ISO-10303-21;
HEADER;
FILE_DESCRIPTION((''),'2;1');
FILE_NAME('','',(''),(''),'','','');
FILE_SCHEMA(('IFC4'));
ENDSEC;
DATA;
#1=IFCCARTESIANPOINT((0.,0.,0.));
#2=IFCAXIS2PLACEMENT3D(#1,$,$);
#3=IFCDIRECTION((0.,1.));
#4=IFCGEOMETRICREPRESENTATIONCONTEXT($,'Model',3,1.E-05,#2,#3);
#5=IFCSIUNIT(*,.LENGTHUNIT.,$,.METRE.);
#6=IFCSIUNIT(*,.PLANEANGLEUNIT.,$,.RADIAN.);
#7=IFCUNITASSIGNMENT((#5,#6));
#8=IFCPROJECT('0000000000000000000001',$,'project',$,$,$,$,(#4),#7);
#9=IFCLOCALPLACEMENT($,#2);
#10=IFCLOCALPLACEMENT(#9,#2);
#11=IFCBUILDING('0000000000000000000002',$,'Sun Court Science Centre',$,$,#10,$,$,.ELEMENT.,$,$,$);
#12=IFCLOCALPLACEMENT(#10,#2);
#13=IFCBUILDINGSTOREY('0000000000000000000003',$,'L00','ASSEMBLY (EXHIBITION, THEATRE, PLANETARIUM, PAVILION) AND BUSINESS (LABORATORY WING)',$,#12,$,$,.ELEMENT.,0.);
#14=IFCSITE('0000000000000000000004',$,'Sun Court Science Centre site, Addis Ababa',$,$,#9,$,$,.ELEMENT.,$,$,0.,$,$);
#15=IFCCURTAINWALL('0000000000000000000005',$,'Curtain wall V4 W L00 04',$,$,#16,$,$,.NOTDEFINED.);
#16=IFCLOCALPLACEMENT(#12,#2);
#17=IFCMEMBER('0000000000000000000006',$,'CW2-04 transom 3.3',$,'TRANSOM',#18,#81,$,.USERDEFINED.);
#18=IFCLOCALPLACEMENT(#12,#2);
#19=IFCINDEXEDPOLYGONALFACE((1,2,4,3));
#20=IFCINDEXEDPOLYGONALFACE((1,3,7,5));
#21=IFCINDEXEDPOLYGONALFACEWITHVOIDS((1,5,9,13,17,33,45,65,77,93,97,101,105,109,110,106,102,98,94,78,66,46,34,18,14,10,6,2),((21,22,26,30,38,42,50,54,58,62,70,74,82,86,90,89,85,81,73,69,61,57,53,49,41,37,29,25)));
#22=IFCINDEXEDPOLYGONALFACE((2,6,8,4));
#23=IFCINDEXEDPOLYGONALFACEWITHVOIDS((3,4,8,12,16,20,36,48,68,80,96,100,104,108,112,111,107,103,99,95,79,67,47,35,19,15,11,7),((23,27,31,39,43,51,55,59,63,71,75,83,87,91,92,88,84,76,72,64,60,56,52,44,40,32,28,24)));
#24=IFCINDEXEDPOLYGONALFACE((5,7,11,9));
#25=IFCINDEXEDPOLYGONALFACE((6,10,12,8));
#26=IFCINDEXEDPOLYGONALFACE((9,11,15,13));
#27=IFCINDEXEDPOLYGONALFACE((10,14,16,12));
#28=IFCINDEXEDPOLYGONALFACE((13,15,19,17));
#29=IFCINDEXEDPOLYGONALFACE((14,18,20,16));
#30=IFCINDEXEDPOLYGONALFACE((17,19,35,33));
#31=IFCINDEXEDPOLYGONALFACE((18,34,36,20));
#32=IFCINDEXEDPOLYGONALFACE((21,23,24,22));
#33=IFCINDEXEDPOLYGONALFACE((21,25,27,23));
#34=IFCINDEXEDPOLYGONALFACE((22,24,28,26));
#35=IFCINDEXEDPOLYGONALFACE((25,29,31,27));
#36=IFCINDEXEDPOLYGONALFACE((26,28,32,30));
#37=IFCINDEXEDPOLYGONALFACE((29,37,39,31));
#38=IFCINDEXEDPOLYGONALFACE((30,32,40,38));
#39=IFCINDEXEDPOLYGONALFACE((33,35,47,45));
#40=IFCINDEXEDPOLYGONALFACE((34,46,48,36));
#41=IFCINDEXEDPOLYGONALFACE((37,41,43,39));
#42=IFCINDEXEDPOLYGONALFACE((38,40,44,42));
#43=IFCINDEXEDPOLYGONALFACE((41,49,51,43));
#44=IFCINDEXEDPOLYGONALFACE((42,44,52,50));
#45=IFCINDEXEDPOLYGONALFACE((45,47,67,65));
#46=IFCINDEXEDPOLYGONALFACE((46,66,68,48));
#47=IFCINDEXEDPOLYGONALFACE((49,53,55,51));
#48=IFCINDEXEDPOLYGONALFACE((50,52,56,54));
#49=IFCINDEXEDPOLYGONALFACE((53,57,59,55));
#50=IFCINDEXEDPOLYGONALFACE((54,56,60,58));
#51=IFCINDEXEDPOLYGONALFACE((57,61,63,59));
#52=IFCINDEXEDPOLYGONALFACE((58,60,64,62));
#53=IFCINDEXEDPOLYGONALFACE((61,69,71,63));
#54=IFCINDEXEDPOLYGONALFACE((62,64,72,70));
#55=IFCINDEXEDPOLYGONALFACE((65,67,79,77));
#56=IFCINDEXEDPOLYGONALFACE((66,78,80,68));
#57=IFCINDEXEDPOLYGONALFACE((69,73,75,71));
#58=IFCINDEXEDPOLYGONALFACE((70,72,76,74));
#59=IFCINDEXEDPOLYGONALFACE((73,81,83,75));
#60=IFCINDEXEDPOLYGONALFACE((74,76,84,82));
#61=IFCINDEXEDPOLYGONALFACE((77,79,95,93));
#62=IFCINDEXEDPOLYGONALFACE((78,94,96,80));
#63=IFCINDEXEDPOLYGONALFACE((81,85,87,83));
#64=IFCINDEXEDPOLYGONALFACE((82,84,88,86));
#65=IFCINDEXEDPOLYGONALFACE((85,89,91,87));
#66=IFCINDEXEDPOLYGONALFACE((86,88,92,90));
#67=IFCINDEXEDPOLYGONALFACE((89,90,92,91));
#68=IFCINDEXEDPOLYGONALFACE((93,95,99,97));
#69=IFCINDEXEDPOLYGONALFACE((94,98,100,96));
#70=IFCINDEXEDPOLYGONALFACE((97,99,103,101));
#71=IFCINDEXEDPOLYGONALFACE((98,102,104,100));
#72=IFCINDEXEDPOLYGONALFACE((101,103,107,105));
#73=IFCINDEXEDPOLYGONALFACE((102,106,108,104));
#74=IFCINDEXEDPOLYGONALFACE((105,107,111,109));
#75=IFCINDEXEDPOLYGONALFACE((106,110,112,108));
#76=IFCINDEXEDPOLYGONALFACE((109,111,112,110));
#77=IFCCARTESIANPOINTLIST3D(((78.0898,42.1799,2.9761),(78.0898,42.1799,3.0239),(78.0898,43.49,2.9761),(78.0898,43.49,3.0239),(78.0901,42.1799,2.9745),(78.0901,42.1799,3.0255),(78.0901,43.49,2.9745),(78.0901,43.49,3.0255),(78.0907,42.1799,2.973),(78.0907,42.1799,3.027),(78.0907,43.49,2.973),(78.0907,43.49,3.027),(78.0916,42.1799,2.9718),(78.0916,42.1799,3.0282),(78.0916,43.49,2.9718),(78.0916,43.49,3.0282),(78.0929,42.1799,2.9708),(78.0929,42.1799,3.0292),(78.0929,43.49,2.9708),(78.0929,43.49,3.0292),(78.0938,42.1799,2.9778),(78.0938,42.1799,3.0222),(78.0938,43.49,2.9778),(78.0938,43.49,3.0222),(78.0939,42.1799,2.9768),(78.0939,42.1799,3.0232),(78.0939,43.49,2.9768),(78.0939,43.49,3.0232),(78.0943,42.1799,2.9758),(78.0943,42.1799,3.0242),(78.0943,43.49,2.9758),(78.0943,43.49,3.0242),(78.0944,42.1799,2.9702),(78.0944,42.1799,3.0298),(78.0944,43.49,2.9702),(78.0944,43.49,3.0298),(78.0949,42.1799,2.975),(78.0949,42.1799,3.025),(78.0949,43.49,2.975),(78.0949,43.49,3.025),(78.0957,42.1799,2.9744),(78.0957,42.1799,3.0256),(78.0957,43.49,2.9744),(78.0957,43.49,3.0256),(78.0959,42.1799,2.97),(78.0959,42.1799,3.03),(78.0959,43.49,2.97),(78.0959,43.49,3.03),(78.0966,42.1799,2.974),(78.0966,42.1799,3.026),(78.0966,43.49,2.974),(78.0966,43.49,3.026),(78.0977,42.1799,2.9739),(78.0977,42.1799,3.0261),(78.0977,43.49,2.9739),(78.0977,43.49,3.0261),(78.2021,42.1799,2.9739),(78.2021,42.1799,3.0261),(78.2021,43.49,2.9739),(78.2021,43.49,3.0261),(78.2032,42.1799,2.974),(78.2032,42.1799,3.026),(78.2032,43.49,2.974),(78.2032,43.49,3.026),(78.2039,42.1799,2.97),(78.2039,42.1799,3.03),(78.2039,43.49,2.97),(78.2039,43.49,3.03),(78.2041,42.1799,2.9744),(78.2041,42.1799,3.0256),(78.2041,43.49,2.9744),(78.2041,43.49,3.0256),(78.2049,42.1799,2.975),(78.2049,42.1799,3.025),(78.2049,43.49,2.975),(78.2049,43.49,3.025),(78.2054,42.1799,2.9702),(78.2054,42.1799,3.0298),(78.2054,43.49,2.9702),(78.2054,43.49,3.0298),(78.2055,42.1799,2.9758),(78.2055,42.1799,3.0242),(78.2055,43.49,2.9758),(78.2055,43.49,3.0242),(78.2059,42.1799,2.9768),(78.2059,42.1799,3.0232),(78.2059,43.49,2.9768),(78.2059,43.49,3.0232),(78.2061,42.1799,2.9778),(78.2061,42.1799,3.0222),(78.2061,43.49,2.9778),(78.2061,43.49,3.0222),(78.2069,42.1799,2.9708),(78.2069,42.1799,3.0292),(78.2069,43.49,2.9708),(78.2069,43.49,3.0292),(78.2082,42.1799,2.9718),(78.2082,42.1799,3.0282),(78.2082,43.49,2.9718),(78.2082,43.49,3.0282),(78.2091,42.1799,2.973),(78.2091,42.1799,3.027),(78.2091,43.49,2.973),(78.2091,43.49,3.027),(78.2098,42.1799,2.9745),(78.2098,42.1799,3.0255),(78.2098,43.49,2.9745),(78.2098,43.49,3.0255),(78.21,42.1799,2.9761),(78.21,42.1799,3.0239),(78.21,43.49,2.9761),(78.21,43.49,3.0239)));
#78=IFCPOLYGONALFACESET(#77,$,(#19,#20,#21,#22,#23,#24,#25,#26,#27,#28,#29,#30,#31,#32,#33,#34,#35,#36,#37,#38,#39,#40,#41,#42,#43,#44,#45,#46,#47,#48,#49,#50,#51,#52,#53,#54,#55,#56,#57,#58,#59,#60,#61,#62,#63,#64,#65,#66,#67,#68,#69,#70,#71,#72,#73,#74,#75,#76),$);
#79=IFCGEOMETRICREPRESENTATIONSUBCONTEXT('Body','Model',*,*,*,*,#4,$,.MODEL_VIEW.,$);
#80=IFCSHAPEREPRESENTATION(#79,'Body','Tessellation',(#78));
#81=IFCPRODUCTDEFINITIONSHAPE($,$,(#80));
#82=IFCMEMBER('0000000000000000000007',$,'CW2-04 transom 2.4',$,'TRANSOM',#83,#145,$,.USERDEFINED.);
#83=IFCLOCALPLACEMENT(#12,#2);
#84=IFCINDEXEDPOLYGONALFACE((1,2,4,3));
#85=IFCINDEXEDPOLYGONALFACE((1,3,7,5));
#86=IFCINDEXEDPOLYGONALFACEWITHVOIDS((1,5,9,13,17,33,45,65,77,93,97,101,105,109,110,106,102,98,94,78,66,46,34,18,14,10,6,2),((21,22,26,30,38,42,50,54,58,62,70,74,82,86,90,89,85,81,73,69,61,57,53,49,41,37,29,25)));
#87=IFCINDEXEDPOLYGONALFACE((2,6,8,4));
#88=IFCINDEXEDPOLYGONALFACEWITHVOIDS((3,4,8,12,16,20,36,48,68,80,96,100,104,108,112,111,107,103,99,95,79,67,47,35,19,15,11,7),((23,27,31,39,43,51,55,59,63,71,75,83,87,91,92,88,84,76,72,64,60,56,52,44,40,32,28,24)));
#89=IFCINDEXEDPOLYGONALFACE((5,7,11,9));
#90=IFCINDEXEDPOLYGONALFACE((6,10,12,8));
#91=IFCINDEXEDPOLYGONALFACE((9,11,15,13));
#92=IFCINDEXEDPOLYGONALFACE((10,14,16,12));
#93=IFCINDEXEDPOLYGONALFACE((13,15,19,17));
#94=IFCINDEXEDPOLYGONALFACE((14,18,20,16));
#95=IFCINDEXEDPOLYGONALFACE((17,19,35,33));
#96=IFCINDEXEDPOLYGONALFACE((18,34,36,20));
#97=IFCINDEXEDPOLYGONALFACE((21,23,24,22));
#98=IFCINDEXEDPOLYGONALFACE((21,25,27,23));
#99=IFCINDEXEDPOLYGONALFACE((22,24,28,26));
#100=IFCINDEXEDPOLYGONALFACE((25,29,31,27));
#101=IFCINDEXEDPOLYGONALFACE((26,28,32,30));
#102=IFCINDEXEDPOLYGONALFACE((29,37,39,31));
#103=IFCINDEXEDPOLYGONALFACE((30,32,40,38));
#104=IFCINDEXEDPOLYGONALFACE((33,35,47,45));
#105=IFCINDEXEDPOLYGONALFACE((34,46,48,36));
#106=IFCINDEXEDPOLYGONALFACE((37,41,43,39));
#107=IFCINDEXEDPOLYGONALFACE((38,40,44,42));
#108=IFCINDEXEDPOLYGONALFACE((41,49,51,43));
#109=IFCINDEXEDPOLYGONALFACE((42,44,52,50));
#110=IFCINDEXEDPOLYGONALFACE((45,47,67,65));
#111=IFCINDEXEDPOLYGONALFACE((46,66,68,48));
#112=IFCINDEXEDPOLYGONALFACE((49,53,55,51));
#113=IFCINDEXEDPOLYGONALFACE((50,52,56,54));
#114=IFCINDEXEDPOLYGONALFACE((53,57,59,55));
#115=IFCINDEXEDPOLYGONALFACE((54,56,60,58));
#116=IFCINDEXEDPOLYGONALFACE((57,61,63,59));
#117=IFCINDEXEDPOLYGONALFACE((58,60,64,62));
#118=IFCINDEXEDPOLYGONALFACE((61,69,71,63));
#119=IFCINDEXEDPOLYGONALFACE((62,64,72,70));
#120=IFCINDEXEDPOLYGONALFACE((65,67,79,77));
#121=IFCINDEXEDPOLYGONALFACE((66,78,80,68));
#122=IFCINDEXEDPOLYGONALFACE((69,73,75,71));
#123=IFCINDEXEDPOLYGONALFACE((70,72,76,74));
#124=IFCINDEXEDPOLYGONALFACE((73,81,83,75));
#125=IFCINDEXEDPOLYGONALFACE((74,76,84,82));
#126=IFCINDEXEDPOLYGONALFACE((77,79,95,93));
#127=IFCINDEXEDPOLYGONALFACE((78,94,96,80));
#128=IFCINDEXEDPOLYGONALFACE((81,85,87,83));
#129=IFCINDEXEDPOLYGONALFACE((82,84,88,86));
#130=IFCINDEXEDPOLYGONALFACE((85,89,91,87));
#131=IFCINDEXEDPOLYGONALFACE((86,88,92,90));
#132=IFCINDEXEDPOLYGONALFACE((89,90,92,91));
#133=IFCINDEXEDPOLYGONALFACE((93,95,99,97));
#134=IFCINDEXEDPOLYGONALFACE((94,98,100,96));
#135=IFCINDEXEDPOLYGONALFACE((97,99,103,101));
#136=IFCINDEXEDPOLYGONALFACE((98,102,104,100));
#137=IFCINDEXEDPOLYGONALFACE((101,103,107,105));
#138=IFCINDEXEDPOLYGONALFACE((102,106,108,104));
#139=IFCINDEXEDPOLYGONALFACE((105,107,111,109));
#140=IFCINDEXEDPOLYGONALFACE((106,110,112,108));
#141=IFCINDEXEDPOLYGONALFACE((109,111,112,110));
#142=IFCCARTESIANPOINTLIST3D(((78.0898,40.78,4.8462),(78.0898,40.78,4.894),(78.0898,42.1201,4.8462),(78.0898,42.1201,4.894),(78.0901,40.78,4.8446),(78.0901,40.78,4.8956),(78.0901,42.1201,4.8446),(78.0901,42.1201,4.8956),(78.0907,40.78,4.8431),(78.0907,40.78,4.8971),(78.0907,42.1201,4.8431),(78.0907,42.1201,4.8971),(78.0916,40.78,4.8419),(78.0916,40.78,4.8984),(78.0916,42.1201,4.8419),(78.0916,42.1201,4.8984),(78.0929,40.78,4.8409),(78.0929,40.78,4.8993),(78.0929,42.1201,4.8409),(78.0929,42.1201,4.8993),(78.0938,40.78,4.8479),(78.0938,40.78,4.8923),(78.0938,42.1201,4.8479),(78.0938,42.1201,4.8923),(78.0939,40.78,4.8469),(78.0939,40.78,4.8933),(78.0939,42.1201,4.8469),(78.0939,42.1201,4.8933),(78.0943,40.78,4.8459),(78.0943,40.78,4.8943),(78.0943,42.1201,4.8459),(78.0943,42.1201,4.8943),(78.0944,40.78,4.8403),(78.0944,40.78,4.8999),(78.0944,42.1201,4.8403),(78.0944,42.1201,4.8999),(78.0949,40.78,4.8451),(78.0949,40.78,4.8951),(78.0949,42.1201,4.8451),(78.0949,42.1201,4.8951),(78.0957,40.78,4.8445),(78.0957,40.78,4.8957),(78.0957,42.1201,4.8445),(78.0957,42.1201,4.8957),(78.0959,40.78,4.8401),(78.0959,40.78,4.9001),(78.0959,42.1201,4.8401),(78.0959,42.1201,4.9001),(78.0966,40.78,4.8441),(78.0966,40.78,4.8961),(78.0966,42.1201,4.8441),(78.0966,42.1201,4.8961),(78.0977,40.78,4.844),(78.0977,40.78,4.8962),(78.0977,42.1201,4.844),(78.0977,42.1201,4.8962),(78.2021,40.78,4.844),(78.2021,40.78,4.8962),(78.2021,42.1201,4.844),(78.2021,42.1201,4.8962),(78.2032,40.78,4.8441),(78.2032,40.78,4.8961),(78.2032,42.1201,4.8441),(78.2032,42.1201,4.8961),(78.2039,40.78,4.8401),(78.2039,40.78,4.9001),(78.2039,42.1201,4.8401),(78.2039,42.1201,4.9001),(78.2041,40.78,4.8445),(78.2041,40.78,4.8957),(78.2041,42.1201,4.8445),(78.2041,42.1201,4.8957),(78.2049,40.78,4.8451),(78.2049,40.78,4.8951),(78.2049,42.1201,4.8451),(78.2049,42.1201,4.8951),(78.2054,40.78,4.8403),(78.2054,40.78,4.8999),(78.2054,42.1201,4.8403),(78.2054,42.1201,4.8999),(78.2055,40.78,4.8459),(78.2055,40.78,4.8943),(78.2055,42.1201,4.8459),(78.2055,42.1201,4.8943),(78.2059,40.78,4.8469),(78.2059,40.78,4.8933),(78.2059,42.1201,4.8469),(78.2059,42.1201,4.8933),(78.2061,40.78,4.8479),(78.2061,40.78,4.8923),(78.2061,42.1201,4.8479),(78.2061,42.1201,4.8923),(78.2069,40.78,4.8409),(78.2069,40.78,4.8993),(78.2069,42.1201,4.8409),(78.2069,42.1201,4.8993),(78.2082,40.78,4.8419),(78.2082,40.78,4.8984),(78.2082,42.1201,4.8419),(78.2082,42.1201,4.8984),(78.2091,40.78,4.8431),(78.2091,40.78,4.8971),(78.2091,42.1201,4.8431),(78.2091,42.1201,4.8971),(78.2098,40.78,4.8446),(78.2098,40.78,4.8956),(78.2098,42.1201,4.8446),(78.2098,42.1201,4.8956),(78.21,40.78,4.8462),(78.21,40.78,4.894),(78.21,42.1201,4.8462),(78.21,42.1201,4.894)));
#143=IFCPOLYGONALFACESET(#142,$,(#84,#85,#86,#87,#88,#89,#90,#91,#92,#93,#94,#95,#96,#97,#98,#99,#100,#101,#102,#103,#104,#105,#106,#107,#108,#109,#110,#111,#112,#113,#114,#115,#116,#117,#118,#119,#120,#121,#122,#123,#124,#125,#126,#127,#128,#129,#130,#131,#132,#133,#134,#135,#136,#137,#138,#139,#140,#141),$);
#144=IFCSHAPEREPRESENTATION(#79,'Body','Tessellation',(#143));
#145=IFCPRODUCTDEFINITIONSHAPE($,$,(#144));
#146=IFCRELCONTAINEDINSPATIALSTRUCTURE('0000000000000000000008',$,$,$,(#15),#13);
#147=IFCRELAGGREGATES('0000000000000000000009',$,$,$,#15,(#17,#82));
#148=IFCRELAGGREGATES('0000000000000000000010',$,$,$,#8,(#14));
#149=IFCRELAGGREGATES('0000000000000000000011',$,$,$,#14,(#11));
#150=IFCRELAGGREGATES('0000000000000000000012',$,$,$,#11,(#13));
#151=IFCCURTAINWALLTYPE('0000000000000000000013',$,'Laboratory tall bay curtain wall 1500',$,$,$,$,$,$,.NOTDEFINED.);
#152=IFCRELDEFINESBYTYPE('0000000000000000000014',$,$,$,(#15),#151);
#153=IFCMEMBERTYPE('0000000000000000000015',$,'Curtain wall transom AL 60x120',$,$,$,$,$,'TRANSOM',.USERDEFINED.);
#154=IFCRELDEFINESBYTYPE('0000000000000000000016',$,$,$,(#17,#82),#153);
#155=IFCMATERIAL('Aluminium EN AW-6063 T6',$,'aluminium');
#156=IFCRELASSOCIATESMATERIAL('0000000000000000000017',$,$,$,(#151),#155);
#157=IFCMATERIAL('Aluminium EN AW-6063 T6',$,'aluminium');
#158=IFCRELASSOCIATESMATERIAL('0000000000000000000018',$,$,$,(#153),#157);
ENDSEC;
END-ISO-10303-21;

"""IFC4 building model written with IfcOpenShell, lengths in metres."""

from ifc_helpers import new_model, si_unit, direction, frame, origin, origin_2d, place, context, subcontext, project, spatial, hollow_rectangle, extrude, material, material_profile, profile_set, type_object, element, aggregate, save


model = new_model("IFC4")

# Units and contexts
model_context = context("Model", 3, precision=1e-05, world=origin(), true_north=direction((0.0, 1.0)))
body_context = subcontext(model_context, "Body", "Model", "MODEL_VIEW")
ifc_project = project(units=[si_unit("LENGTHUNIT", "METRE"), si_unit("PLANEANGLEUNIT", "RADIAN")], contexts=[model_context])

# Site, building, storey
site_placement = place(None, origin())
site = spatial("IfcSite", under=ifc_project, at=site_placement, Name="Sun Court Science Centre site, Addis Ababa", CompositionType="ELEMENT", RefElevation=0.0)
building_placement = place(site_placement, origin())
building = spatial("IfcBuilding", under=site, at=building_placement, Name="Sun Court Science Centre", CompositionType="ELEMENT")
storey_placement = place(building_placement, origin())
storey = spatial("IfcBuildingStorey", under=building, at=storey_placement, Name="L00", Description="ASSEMBLY (EXHIBITION, THEATRE, PLANETARIUM, PAVILION) AND BUSINESS (LABORATORY WING)", CompositionType="ELEMENT", Elevation=0.0)

# Curtain wall
ifc_material_1 = material(Name="Aluminium EN AW-6063 T6", Category="aluminium")
curtain_wall_type_1 = type_object("IfcCurtainWallType", Name="Laboratory tall bay curtain wall 1500", PredefinedType="NOTDEFINED", material=ifc_material_1)
curtain_wall_1_placement = place(storey_placement, origin())
curtain_wall_1 = element("IfcCurtainWall", 1, at=curtain_wall_1_placement, inside=storey, type_object=curtain_wall_type_1, Name="Curtain wall V4 W L00 04", PredefinedType="NOTDEFINED")

# Members
ifc_material_2 = material(Name="Aluminium EN AW-6063 T6", Category="aluminium")
ifc_material_profile_1 = material_profile(ifc_material_2, hollow_rectangle(XDim=0.0601, YDim=0.1201, WallThickness=0.0039, InnerFilletRadius=0.0039, OuterFilletRadius=0.0061, at=origin_2d()), Name="AL 60x120x4")
ifc_profile_set_1 = profile_set([ifc_material_profile_1], Name="Aluminium EN AW-6063 T6")
member_type_1 = type_object("IfcMemberType", Name="Curtain wall transom AL 60x120", ElementType="TRANSOM", PredefinedType="USERDEFINED", material=ifc_profile_set_1)
member_1_placement = place(storey_placement, frame((78.1499, 42.1799, 3.0), z_axis=(0.0, 1.0, 0.0), x_axis=(0.0, 0.0, 1.0)))
member_1 = element("IfcMember", 2, at=member_1_placement, type_object=member_type_1, Name="CW2-04 transom 3.3", ObjectType="TRANSOM", PredefinedType="USERDEFINED", context=body_context, shape_type="SweptSolid", body=[
    extrude(hollow_rectangle(XDim=0.0601, YDim=0.1201, WallThickness=0.0039, InnerFilletRadius=0.0039, OuterFilletRadius=0.0061, at=origin_2d()), origin(), (0.0, 0.0, 1.0), 1.3101),
])
member_2_placement = place(storey_placement, frame((78.1499, 40.78, 4.8701), z_axis=(0.0, 1.0, 0.0), x_axis=(0.0, 0.0, 1.0)))
member_2 = element("IfcMember", 3, at=member_2_placement, type_object=member_type_1, Name="CW2-04 transom 2.4", ObjectType="TRANSOM", PredefinedType="USERDEFINED", context=body_context, shape_type="SweptSolid", body=[
    extrude(hollow_rectangle(XDim=0.0601, YDim=0.1201, WallThickness=0.0039, InnerFilletRadius=0.0039, OuterFilletRadius=0.0061, at=origin_2d()), origin(), (0.0, 0.0, 1.0), 1.3401),
])

aggregate(curtain_wall_1, [member_1, member_2])

save(model, "model.ifc")
